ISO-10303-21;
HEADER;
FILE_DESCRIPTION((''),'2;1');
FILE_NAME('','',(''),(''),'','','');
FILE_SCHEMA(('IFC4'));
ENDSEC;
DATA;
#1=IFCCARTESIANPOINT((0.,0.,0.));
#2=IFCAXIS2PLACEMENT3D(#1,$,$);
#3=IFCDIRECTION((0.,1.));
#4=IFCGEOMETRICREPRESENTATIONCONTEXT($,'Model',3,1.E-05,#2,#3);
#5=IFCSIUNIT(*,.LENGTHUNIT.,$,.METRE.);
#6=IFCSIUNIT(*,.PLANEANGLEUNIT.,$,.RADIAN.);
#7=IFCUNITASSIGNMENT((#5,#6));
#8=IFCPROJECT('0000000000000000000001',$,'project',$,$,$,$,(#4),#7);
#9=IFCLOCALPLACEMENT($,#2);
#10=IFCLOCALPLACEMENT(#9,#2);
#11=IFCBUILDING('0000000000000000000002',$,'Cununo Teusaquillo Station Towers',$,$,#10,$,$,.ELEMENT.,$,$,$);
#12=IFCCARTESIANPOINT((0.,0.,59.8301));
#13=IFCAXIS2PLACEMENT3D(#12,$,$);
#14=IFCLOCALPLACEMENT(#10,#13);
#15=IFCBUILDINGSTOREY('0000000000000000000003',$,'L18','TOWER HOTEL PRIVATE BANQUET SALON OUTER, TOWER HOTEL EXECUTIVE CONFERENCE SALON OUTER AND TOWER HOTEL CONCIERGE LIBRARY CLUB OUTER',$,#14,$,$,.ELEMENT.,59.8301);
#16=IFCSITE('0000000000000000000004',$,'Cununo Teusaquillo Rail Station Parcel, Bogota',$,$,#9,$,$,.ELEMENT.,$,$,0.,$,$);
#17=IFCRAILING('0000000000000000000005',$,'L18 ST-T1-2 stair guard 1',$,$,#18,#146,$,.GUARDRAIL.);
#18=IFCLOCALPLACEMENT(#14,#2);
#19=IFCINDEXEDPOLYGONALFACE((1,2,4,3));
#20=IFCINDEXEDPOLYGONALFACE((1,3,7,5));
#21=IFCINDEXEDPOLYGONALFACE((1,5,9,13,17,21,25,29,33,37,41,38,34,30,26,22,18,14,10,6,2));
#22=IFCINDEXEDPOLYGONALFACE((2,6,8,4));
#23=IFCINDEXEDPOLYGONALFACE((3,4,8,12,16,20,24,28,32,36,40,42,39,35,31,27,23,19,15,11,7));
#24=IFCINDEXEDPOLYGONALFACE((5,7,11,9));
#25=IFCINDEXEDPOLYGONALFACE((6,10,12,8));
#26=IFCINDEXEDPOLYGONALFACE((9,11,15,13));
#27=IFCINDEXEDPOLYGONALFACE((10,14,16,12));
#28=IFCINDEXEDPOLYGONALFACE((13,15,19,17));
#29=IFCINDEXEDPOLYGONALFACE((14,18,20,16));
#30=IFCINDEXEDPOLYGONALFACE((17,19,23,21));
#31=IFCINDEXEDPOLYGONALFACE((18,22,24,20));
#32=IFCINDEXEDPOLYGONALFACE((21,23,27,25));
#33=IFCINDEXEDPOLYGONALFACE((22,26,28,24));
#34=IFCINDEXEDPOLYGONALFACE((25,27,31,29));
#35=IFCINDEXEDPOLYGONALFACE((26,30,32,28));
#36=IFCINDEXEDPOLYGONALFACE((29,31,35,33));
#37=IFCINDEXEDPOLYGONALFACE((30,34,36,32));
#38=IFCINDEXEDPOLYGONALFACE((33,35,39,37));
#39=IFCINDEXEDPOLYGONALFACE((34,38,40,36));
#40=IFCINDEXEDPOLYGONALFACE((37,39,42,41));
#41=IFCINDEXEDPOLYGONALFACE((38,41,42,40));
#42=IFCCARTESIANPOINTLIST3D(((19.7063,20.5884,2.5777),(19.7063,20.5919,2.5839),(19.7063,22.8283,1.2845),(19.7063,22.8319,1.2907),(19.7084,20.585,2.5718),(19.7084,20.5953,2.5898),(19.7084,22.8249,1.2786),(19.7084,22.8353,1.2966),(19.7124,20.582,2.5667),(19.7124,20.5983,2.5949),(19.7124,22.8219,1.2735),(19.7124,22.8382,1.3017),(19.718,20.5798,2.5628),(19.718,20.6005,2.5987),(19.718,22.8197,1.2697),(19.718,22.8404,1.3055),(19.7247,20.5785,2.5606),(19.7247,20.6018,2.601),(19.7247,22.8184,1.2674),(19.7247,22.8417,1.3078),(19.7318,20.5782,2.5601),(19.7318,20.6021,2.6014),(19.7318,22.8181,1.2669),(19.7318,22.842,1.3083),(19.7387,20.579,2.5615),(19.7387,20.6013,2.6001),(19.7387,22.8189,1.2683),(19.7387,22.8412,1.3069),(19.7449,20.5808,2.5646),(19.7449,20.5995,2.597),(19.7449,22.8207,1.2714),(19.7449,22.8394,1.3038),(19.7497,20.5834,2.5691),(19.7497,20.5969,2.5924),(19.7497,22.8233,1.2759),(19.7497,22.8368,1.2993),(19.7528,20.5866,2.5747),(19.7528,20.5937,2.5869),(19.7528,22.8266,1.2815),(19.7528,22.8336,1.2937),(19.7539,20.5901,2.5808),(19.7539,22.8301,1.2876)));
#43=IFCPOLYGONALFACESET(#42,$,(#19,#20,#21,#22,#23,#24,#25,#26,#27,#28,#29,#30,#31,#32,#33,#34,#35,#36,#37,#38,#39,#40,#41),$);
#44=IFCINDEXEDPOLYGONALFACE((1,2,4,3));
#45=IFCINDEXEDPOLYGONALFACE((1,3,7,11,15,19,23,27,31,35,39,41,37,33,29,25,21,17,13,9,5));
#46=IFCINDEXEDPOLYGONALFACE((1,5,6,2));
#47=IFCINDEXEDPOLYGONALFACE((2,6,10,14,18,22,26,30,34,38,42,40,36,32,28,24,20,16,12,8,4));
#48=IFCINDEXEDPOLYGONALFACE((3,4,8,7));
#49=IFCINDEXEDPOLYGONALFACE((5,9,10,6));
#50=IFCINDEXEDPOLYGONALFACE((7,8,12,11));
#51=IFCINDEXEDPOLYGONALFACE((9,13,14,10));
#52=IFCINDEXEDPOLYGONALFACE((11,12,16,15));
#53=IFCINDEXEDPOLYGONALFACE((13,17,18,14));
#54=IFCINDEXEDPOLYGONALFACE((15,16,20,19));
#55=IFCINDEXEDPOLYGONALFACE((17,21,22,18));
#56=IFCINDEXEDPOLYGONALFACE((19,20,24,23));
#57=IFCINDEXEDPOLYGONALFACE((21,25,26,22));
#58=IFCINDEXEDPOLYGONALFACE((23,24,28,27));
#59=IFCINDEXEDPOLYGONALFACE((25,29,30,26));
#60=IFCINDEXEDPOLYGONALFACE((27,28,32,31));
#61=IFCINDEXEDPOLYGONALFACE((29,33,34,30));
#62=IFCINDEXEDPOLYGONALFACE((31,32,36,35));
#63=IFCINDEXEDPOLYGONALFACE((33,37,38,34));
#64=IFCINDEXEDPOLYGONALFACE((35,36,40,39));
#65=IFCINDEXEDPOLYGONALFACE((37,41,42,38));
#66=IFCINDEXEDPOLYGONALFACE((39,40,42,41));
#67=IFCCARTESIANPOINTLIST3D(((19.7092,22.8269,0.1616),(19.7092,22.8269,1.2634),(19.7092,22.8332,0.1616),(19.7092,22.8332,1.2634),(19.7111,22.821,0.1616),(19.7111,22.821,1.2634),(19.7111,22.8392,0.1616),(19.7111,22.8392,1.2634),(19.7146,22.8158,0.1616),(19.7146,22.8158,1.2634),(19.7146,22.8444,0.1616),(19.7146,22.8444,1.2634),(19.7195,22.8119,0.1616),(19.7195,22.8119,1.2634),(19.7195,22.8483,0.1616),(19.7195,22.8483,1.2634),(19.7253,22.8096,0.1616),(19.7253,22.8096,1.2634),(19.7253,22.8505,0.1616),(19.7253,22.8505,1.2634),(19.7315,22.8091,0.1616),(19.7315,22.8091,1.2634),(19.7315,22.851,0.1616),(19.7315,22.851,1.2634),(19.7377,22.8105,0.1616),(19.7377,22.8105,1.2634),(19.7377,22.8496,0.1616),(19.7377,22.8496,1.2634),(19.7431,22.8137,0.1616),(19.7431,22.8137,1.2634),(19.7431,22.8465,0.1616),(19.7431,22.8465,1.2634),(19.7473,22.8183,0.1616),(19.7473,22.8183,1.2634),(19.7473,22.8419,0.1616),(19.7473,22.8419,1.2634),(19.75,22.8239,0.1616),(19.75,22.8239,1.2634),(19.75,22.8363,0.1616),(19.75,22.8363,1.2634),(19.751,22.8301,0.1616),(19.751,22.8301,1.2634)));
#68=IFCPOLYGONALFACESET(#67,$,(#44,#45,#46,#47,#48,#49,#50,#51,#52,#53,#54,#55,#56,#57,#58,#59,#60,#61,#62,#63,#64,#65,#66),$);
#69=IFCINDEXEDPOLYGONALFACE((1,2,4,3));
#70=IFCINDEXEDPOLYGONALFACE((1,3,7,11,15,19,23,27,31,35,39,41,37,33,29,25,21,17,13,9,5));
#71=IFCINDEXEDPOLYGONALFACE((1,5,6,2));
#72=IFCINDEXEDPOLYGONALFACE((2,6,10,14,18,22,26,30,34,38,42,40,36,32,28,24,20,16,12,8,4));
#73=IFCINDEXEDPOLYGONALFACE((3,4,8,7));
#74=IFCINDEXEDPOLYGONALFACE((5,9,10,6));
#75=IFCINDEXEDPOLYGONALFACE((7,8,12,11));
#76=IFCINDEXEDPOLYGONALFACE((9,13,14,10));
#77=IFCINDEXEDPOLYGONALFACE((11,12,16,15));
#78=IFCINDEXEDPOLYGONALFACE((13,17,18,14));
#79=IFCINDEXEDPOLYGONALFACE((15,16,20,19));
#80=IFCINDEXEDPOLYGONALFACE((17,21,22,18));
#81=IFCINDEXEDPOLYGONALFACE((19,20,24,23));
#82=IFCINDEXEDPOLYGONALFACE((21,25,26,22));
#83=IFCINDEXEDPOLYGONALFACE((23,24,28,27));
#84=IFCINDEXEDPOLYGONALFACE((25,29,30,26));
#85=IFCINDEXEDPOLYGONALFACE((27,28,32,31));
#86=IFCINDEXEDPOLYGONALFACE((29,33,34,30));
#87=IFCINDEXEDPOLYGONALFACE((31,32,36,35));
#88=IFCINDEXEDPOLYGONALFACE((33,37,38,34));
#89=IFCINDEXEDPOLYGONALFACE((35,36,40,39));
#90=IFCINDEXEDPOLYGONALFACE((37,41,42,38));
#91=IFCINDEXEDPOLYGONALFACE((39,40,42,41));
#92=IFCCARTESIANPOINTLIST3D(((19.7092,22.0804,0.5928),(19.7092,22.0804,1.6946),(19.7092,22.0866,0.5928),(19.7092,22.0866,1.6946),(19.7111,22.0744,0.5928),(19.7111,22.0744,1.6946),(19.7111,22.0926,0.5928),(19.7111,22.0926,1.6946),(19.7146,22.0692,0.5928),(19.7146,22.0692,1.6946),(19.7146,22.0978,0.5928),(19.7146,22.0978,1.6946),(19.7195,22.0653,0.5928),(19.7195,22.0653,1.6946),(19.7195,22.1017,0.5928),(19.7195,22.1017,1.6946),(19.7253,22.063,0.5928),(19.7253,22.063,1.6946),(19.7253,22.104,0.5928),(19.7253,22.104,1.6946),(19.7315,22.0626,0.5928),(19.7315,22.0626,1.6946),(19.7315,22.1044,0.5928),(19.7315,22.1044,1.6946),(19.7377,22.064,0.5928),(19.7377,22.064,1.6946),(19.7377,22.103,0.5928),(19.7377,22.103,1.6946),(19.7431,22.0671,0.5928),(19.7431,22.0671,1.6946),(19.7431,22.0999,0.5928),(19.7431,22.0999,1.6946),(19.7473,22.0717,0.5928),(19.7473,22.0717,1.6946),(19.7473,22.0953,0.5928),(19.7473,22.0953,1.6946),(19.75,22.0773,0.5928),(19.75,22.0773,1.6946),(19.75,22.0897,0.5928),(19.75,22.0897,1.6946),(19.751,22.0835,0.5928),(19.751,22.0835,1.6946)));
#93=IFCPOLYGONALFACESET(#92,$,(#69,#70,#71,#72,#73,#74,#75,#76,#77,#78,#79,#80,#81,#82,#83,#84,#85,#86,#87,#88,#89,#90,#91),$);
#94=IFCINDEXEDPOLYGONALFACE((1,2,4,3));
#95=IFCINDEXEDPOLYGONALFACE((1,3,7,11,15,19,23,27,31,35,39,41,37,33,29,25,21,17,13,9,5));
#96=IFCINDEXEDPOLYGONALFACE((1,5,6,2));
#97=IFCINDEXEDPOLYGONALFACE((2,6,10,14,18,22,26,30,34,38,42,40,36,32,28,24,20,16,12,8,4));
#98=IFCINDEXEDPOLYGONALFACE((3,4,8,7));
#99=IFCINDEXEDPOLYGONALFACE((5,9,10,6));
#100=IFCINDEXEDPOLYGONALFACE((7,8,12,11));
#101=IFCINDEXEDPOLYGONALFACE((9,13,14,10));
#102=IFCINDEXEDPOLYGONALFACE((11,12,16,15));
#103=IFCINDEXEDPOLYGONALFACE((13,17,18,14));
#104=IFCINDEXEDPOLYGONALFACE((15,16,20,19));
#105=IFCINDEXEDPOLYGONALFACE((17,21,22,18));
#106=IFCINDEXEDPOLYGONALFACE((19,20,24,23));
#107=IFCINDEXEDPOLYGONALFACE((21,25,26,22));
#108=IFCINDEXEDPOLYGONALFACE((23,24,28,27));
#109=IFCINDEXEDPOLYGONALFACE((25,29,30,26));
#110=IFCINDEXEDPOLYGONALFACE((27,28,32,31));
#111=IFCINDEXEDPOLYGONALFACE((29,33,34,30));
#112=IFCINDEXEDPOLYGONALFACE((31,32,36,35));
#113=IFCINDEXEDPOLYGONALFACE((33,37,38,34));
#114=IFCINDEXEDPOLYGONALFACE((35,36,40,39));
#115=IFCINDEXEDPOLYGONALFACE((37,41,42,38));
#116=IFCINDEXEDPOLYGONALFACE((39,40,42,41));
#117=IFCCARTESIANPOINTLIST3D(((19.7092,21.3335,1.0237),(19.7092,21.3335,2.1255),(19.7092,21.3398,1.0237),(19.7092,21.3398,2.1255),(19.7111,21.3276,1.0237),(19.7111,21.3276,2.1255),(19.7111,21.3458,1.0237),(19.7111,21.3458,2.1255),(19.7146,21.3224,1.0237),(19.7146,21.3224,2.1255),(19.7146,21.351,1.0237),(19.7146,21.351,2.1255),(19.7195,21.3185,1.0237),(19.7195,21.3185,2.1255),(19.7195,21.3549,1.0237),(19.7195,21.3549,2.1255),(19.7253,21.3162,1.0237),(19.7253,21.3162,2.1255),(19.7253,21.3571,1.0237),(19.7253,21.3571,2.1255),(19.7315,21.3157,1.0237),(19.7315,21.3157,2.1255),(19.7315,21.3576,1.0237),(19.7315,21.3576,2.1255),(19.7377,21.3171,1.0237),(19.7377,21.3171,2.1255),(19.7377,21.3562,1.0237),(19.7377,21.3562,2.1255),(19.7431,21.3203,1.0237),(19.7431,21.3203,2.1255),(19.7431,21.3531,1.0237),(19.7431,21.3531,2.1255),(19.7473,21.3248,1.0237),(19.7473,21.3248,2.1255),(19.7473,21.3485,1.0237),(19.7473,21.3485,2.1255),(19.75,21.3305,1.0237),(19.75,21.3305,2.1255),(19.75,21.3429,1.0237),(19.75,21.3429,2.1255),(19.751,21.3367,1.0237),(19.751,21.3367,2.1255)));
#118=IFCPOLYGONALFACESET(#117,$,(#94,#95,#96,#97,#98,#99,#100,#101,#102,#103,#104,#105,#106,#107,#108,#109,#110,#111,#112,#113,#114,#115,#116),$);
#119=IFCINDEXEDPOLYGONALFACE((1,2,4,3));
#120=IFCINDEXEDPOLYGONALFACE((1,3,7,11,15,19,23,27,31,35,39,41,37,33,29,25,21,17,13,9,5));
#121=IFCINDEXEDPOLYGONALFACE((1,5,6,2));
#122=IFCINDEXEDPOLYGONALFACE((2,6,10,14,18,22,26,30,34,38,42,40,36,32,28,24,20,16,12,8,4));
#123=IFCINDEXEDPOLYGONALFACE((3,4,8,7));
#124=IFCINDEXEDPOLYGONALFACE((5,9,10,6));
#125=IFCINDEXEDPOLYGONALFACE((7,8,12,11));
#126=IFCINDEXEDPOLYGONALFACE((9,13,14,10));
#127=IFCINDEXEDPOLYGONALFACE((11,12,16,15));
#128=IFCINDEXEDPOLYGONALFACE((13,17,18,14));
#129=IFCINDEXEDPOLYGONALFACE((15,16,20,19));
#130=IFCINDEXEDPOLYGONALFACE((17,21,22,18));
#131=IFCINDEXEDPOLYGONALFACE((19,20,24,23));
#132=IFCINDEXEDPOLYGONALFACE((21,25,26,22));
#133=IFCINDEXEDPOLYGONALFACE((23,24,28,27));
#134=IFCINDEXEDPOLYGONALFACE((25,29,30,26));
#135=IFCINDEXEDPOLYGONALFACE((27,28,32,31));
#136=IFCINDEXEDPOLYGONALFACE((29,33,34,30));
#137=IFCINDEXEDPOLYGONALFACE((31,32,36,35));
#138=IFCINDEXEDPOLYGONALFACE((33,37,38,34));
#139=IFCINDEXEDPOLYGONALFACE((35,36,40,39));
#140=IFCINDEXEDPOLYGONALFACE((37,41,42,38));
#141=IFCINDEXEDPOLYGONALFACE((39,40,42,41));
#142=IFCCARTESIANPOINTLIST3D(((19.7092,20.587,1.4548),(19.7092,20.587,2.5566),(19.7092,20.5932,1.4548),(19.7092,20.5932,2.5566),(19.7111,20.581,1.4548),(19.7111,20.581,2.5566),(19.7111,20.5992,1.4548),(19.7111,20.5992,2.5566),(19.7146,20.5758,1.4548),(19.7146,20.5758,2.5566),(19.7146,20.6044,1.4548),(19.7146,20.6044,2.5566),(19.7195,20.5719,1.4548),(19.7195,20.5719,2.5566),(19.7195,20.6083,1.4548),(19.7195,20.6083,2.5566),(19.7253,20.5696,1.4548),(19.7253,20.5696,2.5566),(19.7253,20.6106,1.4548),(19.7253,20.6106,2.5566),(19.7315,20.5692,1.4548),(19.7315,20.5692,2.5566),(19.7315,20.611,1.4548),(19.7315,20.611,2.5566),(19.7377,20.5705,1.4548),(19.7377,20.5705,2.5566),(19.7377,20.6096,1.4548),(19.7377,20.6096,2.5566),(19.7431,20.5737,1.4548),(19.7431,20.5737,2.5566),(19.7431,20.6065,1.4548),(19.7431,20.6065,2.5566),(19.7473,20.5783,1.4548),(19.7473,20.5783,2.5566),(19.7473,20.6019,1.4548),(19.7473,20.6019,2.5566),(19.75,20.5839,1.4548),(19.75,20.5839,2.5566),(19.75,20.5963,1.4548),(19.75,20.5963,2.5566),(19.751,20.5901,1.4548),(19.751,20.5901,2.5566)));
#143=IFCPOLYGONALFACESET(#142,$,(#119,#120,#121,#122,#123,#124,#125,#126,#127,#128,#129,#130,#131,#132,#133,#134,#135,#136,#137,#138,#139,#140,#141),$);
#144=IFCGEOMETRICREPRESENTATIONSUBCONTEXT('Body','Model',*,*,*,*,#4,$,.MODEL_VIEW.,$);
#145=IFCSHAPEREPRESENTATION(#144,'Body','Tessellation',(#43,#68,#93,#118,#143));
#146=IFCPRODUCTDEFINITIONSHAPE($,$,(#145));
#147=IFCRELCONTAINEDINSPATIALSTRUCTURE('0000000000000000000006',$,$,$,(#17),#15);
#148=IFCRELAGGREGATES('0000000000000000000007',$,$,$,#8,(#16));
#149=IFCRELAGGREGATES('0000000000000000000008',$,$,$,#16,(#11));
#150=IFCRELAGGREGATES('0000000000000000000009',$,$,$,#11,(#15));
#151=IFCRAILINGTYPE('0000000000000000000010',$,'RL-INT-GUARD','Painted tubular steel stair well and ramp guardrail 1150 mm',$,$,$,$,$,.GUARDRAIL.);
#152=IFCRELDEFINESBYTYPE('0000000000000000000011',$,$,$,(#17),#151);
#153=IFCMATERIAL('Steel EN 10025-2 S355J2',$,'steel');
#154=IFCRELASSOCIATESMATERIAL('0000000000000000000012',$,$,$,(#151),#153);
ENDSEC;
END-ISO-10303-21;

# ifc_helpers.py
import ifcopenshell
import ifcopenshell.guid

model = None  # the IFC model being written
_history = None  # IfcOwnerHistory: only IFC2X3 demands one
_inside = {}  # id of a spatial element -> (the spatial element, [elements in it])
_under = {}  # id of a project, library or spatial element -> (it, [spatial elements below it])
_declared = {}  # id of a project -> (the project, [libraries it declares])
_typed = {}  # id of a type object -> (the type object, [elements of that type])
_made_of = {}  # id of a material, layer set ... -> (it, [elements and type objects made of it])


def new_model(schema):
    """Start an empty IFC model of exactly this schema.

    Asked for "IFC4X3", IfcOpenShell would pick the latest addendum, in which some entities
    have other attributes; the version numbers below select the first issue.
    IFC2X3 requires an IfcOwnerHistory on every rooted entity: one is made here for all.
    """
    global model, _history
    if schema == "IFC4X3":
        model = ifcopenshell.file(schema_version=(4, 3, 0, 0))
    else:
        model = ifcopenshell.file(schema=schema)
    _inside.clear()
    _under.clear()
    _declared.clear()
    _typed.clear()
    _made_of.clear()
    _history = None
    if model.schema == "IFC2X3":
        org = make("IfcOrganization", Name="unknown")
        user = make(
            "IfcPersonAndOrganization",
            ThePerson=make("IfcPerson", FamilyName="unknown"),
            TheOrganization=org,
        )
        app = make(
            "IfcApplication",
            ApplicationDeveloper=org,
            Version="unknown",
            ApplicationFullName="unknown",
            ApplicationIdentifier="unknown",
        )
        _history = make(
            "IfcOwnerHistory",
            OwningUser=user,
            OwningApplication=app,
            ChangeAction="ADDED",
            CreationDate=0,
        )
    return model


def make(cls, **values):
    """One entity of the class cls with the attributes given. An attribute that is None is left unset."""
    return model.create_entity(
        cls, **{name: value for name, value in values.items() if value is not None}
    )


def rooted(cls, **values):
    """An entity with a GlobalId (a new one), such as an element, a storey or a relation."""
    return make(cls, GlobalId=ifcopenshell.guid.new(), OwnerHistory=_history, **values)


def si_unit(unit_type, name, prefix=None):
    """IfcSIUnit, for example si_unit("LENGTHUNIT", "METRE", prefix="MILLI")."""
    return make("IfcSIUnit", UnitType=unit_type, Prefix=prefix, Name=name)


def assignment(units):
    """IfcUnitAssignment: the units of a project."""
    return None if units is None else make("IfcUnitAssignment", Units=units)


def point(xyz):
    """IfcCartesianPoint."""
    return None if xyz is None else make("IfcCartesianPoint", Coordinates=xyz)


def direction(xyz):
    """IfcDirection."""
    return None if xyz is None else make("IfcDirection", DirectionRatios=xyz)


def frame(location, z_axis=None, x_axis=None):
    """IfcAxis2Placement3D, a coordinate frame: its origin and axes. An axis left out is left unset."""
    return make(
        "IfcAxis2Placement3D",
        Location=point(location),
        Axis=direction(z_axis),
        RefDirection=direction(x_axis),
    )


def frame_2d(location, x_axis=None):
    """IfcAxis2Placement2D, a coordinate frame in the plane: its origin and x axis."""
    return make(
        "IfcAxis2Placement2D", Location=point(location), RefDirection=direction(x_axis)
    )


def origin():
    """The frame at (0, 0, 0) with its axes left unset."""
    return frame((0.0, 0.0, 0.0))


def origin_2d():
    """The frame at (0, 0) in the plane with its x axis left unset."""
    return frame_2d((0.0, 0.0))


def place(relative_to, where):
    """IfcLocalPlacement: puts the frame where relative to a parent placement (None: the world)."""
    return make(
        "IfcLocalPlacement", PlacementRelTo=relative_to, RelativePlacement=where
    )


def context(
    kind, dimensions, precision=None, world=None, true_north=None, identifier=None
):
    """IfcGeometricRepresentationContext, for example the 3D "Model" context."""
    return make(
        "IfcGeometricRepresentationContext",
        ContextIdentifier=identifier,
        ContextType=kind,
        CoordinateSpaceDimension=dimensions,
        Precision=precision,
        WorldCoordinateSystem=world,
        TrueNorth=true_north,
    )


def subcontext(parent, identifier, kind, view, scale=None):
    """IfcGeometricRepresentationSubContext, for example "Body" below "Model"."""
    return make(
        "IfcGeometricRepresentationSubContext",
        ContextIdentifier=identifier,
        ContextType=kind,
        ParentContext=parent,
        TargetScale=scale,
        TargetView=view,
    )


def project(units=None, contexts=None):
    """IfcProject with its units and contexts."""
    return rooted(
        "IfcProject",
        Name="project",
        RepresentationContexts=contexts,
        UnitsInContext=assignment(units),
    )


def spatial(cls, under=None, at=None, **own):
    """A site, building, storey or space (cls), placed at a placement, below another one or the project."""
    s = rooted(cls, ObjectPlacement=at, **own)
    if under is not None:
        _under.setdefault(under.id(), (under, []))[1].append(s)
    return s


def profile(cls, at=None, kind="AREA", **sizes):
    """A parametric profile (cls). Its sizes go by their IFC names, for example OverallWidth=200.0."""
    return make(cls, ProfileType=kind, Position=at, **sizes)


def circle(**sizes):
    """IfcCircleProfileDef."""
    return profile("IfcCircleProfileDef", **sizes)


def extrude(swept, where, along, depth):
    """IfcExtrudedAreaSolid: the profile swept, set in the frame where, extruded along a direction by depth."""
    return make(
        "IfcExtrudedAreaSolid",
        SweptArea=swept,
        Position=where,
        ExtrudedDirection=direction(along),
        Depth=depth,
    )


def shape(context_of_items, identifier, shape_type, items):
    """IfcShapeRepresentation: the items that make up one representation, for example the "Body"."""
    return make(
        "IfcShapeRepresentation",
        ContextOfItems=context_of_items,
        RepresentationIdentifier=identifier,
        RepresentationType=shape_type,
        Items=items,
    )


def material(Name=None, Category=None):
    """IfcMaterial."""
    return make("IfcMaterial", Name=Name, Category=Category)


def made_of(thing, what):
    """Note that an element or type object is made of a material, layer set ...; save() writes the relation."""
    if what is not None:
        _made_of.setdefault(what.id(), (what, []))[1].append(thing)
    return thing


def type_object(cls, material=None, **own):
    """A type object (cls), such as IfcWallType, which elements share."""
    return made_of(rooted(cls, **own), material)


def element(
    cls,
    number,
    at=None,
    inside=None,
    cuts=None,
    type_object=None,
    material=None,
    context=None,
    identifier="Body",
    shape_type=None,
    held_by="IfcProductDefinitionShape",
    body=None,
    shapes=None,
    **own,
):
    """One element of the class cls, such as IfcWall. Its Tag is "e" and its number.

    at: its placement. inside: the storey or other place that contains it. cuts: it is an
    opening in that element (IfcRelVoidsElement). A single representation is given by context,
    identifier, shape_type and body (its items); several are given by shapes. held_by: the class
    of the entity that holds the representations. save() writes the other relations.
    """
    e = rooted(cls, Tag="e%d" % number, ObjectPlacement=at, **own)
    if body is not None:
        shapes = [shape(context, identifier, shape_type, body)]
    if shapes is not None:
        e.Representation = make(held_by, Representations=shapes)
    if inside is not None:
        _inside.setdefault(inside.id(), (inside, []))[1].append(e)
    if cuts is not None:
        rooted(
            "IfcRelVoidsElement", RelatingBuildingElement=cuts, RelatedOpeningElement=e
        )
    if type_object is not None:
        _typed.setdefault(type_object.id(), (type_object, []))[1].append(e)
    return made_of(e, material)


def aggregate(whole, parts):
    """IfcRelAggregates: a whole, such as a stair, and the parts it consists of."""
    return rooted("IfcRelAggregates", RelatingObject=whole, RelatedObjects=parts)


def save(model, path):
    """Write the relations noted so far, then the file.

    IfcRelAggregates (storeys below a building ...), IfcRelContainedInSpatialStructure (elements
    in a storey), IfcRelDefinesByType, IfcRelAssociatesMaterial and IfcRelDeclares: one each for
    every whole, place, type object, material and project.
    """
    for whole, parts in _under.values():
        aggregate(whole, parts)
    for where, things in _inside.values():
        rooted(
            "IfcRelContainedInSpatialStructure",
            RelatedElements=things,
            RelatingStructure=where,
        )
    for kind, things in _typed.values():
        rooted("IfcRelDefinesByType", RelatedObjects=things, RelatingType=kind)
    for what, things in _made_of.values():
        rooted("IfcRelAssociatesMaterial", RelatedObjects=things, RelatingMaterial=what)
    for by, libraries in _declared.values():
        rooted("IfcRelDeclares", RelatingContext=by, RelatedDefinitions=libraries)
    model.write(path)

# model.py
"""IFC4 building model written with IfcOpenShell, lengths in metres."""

from ifc_helpers import new_model, si_unit, direction, frame, origin, origin_2d, place, context, subcontext, project, spatial, circle, extrude, material, type_object, element, save


model = new_model("IFC4")

# Units and contexts
model_context = context("Model", 3, precision=1e-05, world=origin(), true_north=direction((0.0, 1.0)))
body_context = subcontext(model_context, "Body", "Model", "MODEL_VIEW")
ifc_project = project(units=[si_unit("LENGTHUNIT", "METRE"), si_unit("PLANEANGLEUNIT", "RADIAN")], contexts=[model_context])

# Site, building, storey
site_placement = place(None, origin())
site = spatial("IfcSite", under=ifc_project, at=site_placement, Name="Cununo Teusaquillo Rail Station Parcel, Bogota", CompositionType="ELEMENT", RefElevation=0.0)
building_placement = place(site_placement, origin())
building = spatial("IfcBuilding", under=site, at=building_placement, Name="Cununo Teusaquillo Station Towers", CompositionType="ELEMENT")
storey_placement = place(building_placement, frame((0.0, 0.0, 59.8301)))
storey = spatial("IfcBuildingStorey", under=building, at=storey_placement, Name="L18", Description="TOWER HOTEL PRIVATE BANQUET SALON OUTER, TOWER HOTEL EXECUTIVE CONFERENCE SALON OUTER AND TOWER HOTEL CONCIERGE LIBRARY CLUB OUTER", CompositionType="ELEMENT", Elevation=59.8301)

# Railing
ifc_material_1 = material(Name="Steel EN 10025-2 S355J2", Category="steel")
railing_type_1 = type_object("IfcRailingType", Name="RL-INT-GUARD", Description="Painted tubular steel stair well and ramp guardrail 1150 mm", PredefinedType="GUARDRAIL", material=ifc_material_1)
railing_1_placement = place(storey_placement, frame((19.73, 22.8301, 0.1616)))
element("IfcRailing", 1, at=railing_1_placement, inside=storey, type_object=railing_type_1, Name="L18 ST-T1-2 stair guard 1", PredefinedType="GUARDRAIL", context=body_context, shape_type="SweptSolid", body=[
    extrude(circle(Radius=0.0239, at=origin_2d()), frame((0.0, 0.0, 1.126), z_axis=(0.0, -0.866033, 0.499987), x_axis=(1.0, 0.0, 0.0)), (0.0, 0.0, 1.0), 2.5864),
    extrude(circle(Radius=0.021, at=origin_2d()), origin(), (0.0, 0.0, 1.0), 1.1018),
    extrude(circle(Radius=0.021, at=origin_2d()), frame((0.0, -0.7466, 0.4312)), (0.0, 0.0, 1.0), 1.1018),
    extrude(circle(Radius=0.021, at=origin_2d()), frame((0.0, -1.4934, 0.8621)), (0.0, 0.0, 1.0), 1.1018),
    extrude(circle(Radius=0.021, at=origin_2d()), frame((0.0, -2.24, 1.2932)), (0.0, 0.0, 1.0), 1.1018),
])

save(model, "model.ifc")
